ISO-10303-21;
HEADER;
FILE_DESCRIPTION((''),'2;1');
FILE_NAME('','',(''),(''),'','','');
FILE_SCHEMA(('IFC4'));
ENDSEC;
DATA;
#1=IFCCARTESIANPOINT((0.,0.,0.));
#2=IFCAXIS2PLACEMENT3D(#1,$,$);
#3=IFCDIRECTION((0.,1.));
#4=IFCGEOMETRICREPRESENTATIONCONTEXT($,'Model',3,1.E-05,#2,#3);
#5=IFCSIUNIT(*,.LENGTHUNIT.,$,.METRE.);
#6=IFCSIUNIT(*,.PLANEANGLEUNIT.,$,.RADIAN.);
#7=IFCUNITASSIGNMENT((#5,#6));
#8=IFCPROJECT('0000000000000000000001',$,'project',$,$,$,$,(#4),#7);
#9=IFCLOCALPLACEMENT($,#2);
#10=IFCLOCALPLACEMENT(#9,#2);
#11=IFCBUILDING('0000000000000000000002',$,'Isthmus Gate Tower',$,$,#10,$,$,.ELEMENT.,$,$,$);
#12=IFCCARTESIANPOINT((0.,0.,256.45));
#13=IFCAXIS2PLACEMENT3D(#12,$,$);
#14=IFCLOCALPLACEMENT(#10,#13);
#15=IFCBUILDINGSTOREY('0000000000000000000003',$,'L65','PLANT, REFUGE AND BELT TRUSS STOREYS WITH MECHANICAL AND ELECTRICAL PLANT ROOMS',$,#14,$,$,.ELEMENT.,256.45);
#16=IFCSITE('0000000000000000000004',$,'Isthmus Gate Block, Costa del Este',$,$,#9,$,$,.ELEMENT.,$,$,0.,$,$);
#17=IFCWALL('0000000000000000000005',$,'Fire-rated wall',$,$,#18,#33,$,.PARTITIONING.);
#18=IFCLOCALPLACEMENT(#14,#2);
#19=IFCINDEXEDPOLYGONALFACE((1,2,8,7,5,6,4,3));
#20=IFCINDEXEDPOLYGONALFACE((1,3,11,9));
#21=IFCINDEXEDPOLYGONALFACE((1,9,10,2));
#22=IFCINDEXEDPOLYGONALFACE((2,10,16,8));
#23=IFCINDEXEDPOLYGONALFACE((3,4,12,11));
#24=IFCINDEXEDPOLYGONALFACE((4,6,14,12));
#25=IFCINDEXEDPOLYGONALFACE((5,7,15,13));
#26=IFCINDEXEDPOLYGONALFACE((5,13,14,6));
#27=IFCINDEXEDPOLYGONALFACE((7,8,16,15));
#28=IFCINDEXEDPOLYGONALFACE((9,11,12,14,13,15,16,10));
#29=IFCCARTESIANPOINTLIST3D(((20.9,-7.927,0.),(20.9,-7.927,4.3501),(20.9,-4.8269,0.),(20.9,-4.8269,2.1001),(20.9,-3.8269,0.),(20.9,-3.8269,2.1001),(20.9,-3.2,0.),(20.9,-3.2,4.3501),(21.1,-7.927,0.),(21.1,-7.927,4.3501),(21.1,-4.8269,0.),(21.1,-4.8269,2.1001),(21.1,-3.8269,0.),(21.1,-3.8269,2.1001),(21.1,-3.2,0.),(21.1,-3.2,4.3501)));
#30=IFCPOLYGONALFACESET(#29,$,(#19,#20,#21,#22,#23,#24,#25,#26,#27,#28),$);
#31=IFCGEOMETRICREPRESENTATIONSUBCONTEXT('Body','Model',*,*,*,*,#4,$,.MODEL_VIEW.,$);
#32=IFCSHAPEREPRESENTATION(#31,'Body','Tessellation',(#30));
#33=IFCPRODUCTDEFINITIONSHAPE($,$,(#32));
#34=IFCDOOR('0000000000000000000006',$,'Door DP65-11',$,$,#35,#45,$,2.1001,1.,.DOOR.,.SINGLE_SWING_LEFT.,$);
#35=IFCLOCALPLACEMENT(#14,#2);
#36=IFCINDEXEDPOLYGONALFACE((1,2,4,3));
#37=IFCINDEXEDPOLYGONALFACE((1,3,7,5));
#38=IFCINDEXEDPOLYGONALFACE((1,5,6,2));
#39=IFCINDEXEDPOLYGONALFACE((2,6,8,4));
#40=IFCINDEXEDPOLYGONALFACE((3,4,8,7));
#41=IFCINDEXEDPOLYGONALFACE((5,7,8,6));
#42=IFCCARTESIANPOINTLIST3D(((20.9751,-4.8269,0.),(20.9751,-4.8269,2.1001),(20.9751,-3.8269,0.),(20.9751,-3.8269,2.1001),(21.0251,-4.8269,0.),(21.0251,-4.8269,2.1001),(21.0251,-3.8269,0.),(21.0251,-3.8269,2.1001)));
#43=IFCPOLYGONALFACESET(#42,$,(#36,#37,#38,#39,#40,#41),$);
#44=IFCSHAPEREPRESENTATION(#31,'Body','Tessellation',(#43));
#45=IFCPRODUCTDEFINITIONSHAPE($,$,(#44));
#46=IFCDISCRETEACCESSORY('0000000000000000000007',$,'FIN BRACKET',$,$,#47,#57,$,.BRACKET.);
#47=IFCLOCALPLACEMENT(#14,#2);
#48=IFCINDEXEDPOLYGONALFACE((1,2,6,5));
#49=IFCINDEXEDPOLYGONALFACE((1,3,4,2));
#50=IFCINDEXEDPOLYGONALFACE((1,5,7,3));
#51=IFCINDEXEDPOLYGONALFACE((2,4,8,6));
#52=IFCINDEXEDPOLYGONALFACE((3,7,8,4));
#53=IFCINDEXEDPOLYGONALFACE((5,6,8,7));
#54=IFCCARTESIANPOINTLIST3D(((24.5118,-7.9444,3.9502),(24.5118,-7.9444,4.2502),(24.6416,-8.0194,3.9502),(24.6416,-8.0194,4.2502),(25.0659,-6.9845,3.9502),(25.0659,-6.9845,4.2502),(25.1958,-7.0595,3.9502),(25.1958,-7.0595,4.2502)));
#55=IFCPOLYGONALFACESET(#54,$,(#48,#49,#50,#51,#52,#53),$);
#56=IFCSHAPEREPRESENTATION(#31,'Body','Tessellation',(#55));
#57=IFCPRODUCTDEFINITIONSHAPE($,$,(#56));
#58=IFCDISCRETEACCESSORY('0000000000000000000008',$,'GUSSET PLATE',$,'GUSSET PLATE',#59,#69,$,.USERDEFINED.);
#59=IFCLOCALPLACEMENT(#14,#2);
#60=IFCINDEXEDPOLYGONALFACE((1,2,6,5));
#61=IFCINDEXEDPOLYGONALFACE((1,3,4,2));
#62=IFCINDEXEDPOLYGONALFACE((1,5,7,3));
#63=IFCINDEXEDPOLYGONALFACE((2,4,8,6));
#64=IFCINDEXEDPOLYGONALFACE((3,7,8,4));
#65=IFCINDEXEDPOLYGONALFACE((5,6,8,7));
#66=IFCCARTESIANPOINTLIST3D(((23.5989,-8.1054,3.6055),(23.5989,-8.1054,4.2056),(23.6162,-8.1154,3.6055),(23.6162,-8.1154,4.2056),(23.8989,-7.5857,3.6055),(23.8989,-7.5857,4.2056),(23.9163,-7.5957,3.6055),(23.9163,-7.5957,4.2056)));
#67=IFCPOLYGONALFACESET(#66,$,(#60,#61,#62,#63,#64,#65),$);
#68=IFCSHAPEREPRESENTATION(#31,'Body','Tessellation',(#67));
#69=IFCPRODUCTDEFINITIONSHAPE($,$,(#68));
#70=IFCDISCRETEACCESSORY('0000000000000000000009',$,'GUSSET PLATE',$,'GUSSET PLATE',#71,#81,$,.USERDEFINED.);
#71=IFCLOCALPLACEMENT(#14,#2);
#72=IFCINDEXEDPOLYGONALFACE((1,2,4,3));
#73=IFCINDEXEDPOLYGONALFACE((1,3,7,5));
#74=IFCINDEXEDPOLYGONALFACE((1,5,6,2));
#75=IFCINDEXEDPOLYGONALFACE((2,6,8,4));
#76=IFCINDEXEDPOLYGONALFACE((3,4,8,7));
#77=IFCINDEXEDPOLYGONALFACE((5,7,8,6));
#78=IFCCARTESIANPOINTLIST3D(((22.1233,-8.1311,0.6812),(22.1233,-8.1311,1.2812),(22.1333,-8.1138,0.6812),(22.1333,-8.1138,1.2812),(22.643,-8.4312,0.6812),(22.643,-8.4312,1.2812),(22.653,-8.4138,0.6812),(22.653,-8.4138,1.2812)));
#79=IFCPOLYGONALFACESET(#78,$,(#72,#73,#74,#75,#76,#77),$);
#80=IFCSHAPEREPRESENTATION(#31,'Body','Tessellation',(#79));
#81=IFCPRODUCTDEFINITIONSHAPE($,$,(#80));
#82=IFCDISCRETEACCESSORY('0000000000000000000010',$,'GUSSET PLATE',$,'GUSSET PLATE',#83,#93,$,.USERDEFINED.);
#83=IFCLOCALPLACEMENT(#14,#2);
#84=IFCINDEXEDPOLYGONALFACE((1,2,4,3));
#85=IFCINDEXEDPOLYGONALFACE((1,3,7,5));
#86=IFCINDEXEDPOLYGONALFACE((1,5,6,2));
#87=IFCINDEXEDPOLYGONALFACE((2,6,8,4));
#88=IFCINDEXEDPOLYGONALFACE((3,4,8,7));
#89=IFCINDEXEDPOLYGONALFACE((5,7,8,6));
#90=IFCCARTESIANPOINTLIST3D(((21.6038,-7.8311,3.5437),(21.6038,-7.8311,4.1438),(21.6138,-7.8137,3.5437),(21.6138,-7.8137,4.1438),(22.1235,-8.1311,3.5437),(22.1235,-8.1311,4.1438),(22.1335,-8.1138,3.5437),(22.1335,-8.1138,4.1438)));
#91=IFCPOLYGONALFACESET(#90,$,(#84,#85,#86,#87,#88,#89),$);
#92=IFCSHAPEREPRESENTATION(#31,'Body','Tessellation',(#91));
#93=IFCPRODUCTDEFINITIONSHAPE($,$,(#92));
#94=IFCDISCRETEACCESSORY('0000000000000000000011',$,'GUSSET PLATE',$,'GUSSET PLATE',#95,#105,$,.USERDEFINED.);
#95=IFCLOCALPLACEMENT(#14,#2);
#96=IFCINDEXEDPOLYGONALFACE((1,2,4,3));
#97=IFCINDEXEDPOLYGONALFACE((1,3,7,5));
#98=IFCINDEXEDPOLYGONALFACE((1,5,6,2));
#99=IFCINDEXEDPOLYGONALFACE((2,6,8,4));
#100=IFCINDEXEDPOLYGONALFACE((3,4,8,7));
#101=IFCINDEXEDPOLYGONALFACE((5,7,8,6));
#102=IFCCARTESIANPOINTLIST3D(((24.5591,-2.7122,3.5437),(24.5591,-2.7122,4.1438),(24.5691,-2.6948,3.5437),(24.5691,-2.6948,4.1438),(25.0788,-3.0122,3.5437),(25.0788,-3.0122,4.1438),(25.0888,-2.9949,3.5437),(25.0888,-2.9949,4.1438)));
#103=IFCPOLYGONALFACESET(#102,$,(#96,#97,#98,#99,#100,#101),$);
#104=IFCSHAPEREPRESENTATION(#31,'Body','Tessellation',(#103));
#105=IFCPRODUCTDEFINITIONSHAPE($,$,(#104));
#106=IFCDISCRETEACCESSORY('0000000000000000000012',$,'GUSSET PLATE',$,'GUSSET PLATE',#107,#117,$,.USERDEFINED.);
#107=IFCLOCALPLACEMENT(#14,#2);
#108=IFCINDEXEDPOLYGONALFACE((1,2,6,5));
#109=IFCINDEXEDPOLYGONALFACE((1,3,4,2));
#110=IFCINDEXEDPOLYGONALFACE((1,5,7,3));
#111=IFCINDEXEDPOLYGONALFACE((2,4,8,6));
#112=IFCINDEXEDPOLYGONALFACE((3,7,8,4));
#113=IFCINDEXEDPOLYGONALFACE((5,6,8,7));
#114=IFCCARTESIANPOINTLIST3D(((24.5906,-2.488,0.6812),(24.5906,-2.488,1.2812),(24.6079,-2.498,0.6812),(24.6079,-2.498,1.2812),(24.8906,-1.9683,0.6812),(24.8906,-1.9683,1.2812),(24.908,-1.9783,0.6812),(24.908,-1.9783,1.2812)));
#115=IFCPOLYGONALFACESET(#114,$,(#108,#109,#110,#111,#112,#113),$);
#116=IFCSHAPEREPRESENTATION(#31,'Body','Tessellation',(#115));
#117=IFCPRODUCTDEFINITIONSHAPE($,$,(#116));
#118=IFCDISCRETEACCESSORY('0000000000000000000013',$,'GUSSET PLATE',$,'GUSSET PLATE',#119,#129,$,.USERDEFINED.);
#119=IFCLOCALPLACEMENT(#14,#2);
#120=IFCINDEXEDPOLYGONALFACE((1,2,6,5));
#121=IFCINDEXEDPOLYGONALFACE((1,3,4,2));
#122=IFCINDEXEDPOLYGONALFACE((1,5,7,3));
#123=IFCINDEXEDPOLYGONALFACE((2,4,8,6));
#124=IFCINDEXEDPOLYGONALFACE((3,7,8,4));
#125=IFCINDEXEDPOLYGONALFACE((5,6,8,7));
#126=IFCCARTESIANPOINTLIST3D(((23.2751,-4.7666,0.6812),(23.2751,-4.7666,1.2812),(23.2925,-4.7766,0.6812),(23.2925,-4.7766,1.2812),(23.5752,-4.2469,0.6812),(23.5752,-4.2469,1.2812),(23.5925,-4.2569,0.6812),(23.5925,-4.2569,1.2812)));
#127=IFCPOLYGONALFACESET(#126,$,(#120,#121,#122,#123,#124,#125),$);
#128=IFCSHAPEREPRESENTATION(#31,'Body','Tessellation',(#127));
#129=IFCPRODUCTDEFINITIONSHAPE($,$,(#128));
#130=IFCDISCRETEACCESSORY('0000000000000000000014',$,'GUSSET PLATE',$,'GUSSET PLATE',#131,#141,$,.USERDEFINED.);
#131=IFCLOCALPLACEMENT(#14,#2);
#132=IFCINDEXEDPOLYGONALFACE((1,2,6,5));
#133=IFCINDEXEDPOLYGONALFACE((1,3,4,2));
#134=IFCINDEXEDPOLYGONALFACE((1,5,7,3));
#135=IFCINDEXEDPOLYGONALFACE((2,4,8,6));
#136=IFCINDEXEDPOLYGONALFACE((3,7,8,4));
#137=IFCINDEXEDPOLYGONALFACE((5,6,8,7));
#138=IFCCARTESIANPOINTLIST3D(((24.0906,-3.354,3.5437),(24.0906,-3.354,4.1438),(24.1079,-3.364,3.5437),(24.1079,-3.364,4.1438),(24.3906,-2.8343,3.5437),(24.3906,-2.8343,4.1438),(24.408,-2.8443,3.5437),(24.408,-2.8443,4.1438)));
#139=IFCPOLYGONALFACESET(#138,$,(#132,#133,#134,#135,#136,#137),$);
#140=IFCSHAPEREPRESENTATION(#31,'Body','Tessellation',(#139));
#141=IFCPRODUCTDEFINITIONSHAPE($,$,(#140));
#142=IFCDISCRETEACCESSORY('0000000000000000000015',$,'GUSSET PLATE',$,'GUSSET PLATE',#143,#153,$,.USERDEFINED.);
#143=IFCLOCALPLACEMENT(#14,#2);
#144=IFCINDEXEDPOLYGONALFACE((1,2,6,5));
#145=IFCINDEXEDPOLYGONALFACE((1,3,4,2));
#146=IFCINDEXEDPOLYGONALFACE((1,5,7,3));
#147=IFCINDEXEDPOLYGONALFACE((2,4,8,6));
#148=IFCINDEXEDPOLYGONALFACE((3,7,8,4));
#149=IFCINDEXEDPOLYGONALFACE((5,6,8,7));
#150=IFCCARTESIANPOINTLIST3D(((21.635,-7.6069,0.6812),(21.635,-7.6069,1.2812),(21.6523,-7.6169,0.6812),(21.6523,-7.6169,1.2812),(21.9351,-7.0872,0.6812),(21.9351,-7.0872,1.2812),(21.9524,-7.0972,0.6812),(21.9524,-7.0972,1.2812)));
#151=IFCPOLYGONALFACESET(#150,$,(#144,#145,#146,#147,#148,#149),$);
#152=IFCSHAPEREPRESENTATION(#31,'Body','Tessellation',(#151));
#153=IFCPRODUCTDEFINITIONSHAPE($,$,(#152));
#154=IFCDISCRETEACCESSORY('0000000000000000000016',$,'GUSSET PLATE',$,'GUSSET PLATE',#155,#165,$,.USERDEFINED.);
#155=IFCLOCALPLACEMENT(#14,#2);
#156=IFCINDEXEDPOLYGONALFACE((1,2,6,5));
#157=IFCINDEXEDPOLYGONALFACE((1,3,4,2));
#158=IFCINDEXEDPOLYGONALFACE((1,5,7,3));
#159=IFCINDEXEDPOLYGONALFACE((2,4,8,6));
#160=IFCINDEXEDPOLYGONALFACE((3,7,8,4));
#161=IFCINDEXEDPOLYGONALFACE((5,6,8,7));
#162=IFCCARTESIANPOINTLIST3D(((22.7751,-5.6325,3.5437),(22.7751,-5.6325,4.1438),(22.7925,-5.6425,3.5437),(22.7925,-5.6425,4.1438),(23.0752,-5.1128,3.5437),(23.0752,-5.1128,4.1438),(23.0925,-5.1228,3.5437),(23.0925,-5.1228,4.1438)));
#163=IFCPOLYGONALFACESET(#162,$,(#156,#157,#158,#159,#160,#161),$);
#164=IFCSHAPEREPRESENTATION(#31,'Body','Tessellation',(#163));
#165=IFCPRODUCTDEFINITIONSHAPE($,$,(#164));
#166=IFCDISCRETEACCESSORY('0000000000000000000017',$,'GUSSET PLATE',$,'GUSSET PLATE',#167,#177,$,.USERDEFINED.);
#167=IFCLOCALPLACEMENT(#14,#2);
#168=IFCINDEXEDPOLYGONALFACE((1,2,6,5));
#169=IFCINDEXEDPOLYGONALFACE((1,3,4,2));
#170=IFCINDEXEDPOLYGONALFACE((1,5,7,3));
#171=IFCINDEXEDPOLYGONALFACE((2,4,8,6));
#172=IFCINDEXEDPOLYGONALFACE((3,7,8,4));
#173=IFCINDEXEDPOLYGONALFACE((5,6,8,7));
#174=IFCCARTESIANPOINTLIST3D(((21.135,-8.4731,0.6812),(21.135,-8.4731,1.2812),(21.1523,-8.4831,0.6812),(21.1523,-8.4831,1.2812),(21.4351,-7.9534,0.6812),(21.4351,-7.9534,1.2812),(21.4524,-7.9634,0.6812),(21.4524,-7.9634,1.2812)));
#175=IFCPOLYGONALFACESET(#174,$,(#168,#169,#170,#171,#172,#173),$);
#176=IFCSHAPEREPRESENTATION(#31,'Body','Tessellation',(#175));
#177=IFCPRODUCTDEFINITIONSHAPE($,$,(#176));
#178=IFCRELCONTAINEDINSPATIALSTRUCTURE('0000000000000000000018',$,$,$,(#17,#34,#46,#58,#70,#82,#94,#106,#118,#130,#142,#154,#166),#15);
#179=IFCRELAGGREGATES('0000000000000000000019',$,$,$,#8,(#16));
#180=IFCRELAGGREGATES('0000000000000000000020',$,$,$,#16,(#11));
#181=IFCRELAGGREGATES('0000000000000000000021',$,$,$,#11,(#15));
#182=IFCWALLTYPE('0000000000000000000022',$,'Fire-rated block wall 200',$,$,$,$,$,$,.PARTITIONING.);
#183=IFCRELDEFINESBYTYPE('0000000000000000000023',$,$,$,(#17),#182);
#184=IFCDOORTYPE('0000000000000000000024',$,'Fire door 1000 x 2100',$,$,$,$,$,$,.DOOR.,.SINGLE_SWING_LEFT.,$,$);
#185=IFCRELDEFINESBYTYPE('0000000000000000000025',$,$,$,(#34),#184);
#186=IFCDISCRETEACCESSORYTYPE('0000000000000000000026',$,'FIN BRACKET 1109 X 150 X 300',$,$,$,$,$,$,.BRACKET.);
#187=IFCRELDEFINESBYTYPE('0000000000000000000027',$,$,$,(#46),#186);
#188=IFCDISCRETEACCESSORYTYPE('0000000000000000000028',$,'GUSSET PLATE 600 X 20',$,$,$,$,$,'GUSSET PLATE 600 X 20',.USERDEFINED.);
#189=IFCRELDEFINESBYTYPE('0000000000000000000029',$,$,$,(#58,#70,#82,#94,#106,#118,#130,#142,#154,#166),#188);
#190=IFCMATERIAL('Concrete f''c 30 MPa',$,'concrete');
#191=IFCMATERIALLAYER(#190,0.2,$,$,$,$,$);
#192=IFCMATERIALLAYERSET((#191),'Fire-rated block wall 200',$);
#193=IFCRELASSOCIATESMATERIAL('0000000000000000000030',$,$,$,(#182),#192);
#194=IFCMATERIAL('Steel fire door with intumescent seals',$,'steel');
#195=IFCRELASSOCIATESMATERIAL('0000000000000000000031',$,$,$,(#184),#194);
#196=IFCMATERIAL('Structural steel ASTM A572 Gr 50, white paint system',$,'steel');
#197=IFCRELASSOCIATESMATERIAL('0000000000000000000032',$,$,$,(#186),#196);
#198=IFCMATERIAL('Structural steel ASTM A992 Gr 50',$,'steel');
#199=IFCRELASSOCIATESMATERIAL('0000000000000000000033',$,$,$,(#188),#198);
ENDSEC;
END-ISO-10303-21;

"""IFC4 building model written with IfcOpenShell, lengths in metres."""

from ifc_helpers import new_model, si_unit, direction, frame, frame_2d, origin, origin_2d, place, context, subcontext, project, spatial, rectangle, extrude, material, layer, layer_set, type_object, element, fill, save


model = new_model("IFC4")

# Units and contexts
model_context = context("Model", 3, precision=1e-05, world=origin(), true_north=direction((0.0, 1.0)))
body_context = subcontext(model_context, "Body", "Model", "MODEL_VIEW")
ifc_project = project(units=[si_unit("LENGTHUNIT", "METRE"), si_unit("PLANEANGLEUNIT", "RADIAN")], contexts=[model_context])

# Site, building, storey
site_placement = place(None, origin())
site = spatial("IfcSite", under=ifc_project, at=site_placement, Name="Isthmus Gate Block, Costa del Este", CompositionType="ELEMENT", RefElevation=0.0)
building_placement = place(site_placement, origin())
building = spatial("IfcBuilding", under=site, at=building_placement, Name="Isthmus Gate Tower", CompositionType="ELEMENT")
storey_placement = place(building_placement, frame((0.0, 0.0, 256.45)))
storey = spatial("IfcBuildingStorey", under=building, at=storey_placement, Name="L65", Description="PLANT, REFUGE AND BELT TRUSS STOREYS WITH MECHANICAL AND ELECTRICAL PLANT ROOMS", CompositionType="ELEMENT", Elevation=256.45)

# Shared definitions
ifc_material_1 = material(Name="Concrete f'c 30 MPa", Category="concrete")
ifc_layer_1 = layer(ifc_material_1, 0.2)
ifc_layer_set_1 = layer_set([ifc_layer_1], Name="Fire-rated block wall 200")
wall_type = type_object("IfcWallType", Name="Fire-rated block wall 200", PredefinedType="PARTITIONING", material=ifc_layer_set_1)

# Wall, opening, door
ifc_material_2 = material(Name="Steel fire door with intumescent seals", Category="steel")
door_type = type_object("IfcDoorType", Name="Fire door 1000 x 2100", OperationType="SINGLE_SWING_LEFT", PredefinedType="DOOR", material=ifc_material_2)
wall_1_placement = place(storey_placement, frame((21.0, -7.927, 0.0), z_axis=(0.0, 0.0, 1.0), x_axis=(0.0, 1.0, 0.0)))
wall_1 = element("IfcWall", 1, at=wall_1_placement, inside=storey, type_object=wall_type, Name="Fire-rated wall", PredefinedType="PARTITIONING", context=body_context, shape_type="SweptSolid", body=[
    extrude(rectangle(XDim=4.7271, YDim=0.2, at=frame_2d((2.3635, 0.0))), origin(), (0.0, 0.0, 1.0), 4.3501),
])
opening_1_placement = place(wall_1_placement, frame((3.1001, 0.0, 0.0)))
opening_1 = element("IfcOpeningElement", 2, at=opening_1_placement, cuts=wall_1, PredefinedType="OPENING", context=body_context, shape_type="SweptSolid", body=[
    extrude(rectangle(XDim=1.0, YDim=2.1001, at=frame_2d((0.5, 1.05))), frame((0.0, 0.1099, 0.0), z_axis=(0.0, -1.0, 0.0), x_axis=(1.0, 0.0, 0.0)), (0.0, 0.0, 1.0), 0.22),
])
door_1_placement = place(opening_1_placement, origin())
door_1 = element("IfcDoor", 3, at=door_1_placement, inside=storey, type_object=door_type, Name="Door DP65-11", OperationType="SINGLE_SWING_LEFT", OverallHeight=2.1001, OverallWidth=1.0, PredefinedType="DOOR", context=body_context, shape_type="SweptSolid", body=[
    extrude(rectangle(XDim=1.0, YDim=2.1001, at=frame_2d((0.5, 1.05))), frame((0.0, 0.0249, 0.0), z_axis=(0.0, -1.0, 0.0), x_axis=(1.0, 0.0, 0.0)), (0.0, 0.0, 1.0), 0.05),
])
fill(opening_1, door_1)

# Discrete accessories
ifc_material_3 = material(Name="Structural steel ASTM A572 Gr 50, white paint system", Category="steel")
discrete_accessory_type_1 = type_object("IfcDiscreteAccessoryType", Name="FIN BRACKET 1109 X 150 X 300", PredefinedType="BRACKET", material=ifc_material_3)
discrete_accessory_placement = place(storey_placement, frame((24.8538, -7.502, 3.9502), z_axis=(0.0, 0.0, 1.0), x_axis=(0.866025, -0.5, 0.0)))
element("IfcDiscreteAccessory", 4, at=discrete_accessory_placement, inside=storey, type_object=discrete_accessory_type_1, Name="FIN BRACKET", PredefinedType="BRACKET", context=body_context, shape_type="SweptSolid", body=[
    extrude(rectangle(XDim=0.1499, YDim=1.1084, at=origin_2d()), origin(), (0.0, 0.0, 1.0), 0.3),
])
ifc_material_4 = material(Name="Structural steel ASTM A992 Gr 50", Category="steel")
discrete_accessory_type_2 = type_object("IfcDiscreteAccessoryType", Name="GUSSET PLATE 600 X 20", ElementType="GUSSET PLATE 600 X 20", PredefinedType="USERDEFINED", material=ifc_material_4)
for number, where, z_axis, x_axis, name in (
    (5, (23.7576, -7.8506, 3.6055), (0.0, 0.0, 1.0), (-0.5, -0.866025, 0.0), "GUSSET PLATE"),
    (6, (22.3882, -8.2725, 0.6812), (0.0, 0.0, 1.0), (-0.866025, 0.5, 0.0), "GUSSET PLATE"),
    (7, (21.8687, -7.9724, 3.5437), (0.0, 0.0, 1.0), (-0.866025, 0.5, 0.0), "GUSSET PLATE"),
    (8, (24.824, -2.8535, 3.5437), (0.0, 0.0, 1.0), (-0.866025, 0.5, 0.0), "GUSSET PLATE"),
    (9, (24.7493, -2.2332, 0.6812), (0.0, 0.0, 1.0), (0.5, 0.866025, 0.0), "GUSSET PLATE"),
    (10, (23.4338, -4.5117, 0.6812), (0.0, 0.0, 1.0), (0.5, 0.866025, 0.0), "GUSSET PLATE"),
    (11, (24.2493, -3.0991, 3.5437), (0.0, 0.0, 1.0), (0.5, 0.866025, 0.0), "GUSSET PLATE"),
    (12, (21.7937, -7.3521, 0.6812), (0.0, 0.0, 1.0), (0.5, 0.866025, 0.0), "GUSSET PLATE"),
    (13, (22.9338, -5.3777, 3.5437), (0.0, 0.0, 1.0), (0.5, 0.866025, 0.0), "GUSSET PLATE"),
    (14, (21.2937, -8.2183, 0.6812), (0.0, 0.0, 1.0), (-0.5, -0.866025, 0.0), "GUSSET PLATE"),
):
    element("IfcDiscreteAccessory", number, at=place(storey_placement, frame(where, z_axis=z_axis, x_axis=x_axis)), inside=storey, type_object=discrete_accessory_type_2, Name=name, ObjectType="GUSSET PLATE", PredefinedType="USERDEFINED", context=body_context, shape_type="SweptSolid", body=[
        extrude(rectangle(XDim=0.6001, YDim=0.02, at=origin_2d()), origin(), (0.0, 0.0, 1.0), 0.6001),
    ])

save(model, "model.ifc")
